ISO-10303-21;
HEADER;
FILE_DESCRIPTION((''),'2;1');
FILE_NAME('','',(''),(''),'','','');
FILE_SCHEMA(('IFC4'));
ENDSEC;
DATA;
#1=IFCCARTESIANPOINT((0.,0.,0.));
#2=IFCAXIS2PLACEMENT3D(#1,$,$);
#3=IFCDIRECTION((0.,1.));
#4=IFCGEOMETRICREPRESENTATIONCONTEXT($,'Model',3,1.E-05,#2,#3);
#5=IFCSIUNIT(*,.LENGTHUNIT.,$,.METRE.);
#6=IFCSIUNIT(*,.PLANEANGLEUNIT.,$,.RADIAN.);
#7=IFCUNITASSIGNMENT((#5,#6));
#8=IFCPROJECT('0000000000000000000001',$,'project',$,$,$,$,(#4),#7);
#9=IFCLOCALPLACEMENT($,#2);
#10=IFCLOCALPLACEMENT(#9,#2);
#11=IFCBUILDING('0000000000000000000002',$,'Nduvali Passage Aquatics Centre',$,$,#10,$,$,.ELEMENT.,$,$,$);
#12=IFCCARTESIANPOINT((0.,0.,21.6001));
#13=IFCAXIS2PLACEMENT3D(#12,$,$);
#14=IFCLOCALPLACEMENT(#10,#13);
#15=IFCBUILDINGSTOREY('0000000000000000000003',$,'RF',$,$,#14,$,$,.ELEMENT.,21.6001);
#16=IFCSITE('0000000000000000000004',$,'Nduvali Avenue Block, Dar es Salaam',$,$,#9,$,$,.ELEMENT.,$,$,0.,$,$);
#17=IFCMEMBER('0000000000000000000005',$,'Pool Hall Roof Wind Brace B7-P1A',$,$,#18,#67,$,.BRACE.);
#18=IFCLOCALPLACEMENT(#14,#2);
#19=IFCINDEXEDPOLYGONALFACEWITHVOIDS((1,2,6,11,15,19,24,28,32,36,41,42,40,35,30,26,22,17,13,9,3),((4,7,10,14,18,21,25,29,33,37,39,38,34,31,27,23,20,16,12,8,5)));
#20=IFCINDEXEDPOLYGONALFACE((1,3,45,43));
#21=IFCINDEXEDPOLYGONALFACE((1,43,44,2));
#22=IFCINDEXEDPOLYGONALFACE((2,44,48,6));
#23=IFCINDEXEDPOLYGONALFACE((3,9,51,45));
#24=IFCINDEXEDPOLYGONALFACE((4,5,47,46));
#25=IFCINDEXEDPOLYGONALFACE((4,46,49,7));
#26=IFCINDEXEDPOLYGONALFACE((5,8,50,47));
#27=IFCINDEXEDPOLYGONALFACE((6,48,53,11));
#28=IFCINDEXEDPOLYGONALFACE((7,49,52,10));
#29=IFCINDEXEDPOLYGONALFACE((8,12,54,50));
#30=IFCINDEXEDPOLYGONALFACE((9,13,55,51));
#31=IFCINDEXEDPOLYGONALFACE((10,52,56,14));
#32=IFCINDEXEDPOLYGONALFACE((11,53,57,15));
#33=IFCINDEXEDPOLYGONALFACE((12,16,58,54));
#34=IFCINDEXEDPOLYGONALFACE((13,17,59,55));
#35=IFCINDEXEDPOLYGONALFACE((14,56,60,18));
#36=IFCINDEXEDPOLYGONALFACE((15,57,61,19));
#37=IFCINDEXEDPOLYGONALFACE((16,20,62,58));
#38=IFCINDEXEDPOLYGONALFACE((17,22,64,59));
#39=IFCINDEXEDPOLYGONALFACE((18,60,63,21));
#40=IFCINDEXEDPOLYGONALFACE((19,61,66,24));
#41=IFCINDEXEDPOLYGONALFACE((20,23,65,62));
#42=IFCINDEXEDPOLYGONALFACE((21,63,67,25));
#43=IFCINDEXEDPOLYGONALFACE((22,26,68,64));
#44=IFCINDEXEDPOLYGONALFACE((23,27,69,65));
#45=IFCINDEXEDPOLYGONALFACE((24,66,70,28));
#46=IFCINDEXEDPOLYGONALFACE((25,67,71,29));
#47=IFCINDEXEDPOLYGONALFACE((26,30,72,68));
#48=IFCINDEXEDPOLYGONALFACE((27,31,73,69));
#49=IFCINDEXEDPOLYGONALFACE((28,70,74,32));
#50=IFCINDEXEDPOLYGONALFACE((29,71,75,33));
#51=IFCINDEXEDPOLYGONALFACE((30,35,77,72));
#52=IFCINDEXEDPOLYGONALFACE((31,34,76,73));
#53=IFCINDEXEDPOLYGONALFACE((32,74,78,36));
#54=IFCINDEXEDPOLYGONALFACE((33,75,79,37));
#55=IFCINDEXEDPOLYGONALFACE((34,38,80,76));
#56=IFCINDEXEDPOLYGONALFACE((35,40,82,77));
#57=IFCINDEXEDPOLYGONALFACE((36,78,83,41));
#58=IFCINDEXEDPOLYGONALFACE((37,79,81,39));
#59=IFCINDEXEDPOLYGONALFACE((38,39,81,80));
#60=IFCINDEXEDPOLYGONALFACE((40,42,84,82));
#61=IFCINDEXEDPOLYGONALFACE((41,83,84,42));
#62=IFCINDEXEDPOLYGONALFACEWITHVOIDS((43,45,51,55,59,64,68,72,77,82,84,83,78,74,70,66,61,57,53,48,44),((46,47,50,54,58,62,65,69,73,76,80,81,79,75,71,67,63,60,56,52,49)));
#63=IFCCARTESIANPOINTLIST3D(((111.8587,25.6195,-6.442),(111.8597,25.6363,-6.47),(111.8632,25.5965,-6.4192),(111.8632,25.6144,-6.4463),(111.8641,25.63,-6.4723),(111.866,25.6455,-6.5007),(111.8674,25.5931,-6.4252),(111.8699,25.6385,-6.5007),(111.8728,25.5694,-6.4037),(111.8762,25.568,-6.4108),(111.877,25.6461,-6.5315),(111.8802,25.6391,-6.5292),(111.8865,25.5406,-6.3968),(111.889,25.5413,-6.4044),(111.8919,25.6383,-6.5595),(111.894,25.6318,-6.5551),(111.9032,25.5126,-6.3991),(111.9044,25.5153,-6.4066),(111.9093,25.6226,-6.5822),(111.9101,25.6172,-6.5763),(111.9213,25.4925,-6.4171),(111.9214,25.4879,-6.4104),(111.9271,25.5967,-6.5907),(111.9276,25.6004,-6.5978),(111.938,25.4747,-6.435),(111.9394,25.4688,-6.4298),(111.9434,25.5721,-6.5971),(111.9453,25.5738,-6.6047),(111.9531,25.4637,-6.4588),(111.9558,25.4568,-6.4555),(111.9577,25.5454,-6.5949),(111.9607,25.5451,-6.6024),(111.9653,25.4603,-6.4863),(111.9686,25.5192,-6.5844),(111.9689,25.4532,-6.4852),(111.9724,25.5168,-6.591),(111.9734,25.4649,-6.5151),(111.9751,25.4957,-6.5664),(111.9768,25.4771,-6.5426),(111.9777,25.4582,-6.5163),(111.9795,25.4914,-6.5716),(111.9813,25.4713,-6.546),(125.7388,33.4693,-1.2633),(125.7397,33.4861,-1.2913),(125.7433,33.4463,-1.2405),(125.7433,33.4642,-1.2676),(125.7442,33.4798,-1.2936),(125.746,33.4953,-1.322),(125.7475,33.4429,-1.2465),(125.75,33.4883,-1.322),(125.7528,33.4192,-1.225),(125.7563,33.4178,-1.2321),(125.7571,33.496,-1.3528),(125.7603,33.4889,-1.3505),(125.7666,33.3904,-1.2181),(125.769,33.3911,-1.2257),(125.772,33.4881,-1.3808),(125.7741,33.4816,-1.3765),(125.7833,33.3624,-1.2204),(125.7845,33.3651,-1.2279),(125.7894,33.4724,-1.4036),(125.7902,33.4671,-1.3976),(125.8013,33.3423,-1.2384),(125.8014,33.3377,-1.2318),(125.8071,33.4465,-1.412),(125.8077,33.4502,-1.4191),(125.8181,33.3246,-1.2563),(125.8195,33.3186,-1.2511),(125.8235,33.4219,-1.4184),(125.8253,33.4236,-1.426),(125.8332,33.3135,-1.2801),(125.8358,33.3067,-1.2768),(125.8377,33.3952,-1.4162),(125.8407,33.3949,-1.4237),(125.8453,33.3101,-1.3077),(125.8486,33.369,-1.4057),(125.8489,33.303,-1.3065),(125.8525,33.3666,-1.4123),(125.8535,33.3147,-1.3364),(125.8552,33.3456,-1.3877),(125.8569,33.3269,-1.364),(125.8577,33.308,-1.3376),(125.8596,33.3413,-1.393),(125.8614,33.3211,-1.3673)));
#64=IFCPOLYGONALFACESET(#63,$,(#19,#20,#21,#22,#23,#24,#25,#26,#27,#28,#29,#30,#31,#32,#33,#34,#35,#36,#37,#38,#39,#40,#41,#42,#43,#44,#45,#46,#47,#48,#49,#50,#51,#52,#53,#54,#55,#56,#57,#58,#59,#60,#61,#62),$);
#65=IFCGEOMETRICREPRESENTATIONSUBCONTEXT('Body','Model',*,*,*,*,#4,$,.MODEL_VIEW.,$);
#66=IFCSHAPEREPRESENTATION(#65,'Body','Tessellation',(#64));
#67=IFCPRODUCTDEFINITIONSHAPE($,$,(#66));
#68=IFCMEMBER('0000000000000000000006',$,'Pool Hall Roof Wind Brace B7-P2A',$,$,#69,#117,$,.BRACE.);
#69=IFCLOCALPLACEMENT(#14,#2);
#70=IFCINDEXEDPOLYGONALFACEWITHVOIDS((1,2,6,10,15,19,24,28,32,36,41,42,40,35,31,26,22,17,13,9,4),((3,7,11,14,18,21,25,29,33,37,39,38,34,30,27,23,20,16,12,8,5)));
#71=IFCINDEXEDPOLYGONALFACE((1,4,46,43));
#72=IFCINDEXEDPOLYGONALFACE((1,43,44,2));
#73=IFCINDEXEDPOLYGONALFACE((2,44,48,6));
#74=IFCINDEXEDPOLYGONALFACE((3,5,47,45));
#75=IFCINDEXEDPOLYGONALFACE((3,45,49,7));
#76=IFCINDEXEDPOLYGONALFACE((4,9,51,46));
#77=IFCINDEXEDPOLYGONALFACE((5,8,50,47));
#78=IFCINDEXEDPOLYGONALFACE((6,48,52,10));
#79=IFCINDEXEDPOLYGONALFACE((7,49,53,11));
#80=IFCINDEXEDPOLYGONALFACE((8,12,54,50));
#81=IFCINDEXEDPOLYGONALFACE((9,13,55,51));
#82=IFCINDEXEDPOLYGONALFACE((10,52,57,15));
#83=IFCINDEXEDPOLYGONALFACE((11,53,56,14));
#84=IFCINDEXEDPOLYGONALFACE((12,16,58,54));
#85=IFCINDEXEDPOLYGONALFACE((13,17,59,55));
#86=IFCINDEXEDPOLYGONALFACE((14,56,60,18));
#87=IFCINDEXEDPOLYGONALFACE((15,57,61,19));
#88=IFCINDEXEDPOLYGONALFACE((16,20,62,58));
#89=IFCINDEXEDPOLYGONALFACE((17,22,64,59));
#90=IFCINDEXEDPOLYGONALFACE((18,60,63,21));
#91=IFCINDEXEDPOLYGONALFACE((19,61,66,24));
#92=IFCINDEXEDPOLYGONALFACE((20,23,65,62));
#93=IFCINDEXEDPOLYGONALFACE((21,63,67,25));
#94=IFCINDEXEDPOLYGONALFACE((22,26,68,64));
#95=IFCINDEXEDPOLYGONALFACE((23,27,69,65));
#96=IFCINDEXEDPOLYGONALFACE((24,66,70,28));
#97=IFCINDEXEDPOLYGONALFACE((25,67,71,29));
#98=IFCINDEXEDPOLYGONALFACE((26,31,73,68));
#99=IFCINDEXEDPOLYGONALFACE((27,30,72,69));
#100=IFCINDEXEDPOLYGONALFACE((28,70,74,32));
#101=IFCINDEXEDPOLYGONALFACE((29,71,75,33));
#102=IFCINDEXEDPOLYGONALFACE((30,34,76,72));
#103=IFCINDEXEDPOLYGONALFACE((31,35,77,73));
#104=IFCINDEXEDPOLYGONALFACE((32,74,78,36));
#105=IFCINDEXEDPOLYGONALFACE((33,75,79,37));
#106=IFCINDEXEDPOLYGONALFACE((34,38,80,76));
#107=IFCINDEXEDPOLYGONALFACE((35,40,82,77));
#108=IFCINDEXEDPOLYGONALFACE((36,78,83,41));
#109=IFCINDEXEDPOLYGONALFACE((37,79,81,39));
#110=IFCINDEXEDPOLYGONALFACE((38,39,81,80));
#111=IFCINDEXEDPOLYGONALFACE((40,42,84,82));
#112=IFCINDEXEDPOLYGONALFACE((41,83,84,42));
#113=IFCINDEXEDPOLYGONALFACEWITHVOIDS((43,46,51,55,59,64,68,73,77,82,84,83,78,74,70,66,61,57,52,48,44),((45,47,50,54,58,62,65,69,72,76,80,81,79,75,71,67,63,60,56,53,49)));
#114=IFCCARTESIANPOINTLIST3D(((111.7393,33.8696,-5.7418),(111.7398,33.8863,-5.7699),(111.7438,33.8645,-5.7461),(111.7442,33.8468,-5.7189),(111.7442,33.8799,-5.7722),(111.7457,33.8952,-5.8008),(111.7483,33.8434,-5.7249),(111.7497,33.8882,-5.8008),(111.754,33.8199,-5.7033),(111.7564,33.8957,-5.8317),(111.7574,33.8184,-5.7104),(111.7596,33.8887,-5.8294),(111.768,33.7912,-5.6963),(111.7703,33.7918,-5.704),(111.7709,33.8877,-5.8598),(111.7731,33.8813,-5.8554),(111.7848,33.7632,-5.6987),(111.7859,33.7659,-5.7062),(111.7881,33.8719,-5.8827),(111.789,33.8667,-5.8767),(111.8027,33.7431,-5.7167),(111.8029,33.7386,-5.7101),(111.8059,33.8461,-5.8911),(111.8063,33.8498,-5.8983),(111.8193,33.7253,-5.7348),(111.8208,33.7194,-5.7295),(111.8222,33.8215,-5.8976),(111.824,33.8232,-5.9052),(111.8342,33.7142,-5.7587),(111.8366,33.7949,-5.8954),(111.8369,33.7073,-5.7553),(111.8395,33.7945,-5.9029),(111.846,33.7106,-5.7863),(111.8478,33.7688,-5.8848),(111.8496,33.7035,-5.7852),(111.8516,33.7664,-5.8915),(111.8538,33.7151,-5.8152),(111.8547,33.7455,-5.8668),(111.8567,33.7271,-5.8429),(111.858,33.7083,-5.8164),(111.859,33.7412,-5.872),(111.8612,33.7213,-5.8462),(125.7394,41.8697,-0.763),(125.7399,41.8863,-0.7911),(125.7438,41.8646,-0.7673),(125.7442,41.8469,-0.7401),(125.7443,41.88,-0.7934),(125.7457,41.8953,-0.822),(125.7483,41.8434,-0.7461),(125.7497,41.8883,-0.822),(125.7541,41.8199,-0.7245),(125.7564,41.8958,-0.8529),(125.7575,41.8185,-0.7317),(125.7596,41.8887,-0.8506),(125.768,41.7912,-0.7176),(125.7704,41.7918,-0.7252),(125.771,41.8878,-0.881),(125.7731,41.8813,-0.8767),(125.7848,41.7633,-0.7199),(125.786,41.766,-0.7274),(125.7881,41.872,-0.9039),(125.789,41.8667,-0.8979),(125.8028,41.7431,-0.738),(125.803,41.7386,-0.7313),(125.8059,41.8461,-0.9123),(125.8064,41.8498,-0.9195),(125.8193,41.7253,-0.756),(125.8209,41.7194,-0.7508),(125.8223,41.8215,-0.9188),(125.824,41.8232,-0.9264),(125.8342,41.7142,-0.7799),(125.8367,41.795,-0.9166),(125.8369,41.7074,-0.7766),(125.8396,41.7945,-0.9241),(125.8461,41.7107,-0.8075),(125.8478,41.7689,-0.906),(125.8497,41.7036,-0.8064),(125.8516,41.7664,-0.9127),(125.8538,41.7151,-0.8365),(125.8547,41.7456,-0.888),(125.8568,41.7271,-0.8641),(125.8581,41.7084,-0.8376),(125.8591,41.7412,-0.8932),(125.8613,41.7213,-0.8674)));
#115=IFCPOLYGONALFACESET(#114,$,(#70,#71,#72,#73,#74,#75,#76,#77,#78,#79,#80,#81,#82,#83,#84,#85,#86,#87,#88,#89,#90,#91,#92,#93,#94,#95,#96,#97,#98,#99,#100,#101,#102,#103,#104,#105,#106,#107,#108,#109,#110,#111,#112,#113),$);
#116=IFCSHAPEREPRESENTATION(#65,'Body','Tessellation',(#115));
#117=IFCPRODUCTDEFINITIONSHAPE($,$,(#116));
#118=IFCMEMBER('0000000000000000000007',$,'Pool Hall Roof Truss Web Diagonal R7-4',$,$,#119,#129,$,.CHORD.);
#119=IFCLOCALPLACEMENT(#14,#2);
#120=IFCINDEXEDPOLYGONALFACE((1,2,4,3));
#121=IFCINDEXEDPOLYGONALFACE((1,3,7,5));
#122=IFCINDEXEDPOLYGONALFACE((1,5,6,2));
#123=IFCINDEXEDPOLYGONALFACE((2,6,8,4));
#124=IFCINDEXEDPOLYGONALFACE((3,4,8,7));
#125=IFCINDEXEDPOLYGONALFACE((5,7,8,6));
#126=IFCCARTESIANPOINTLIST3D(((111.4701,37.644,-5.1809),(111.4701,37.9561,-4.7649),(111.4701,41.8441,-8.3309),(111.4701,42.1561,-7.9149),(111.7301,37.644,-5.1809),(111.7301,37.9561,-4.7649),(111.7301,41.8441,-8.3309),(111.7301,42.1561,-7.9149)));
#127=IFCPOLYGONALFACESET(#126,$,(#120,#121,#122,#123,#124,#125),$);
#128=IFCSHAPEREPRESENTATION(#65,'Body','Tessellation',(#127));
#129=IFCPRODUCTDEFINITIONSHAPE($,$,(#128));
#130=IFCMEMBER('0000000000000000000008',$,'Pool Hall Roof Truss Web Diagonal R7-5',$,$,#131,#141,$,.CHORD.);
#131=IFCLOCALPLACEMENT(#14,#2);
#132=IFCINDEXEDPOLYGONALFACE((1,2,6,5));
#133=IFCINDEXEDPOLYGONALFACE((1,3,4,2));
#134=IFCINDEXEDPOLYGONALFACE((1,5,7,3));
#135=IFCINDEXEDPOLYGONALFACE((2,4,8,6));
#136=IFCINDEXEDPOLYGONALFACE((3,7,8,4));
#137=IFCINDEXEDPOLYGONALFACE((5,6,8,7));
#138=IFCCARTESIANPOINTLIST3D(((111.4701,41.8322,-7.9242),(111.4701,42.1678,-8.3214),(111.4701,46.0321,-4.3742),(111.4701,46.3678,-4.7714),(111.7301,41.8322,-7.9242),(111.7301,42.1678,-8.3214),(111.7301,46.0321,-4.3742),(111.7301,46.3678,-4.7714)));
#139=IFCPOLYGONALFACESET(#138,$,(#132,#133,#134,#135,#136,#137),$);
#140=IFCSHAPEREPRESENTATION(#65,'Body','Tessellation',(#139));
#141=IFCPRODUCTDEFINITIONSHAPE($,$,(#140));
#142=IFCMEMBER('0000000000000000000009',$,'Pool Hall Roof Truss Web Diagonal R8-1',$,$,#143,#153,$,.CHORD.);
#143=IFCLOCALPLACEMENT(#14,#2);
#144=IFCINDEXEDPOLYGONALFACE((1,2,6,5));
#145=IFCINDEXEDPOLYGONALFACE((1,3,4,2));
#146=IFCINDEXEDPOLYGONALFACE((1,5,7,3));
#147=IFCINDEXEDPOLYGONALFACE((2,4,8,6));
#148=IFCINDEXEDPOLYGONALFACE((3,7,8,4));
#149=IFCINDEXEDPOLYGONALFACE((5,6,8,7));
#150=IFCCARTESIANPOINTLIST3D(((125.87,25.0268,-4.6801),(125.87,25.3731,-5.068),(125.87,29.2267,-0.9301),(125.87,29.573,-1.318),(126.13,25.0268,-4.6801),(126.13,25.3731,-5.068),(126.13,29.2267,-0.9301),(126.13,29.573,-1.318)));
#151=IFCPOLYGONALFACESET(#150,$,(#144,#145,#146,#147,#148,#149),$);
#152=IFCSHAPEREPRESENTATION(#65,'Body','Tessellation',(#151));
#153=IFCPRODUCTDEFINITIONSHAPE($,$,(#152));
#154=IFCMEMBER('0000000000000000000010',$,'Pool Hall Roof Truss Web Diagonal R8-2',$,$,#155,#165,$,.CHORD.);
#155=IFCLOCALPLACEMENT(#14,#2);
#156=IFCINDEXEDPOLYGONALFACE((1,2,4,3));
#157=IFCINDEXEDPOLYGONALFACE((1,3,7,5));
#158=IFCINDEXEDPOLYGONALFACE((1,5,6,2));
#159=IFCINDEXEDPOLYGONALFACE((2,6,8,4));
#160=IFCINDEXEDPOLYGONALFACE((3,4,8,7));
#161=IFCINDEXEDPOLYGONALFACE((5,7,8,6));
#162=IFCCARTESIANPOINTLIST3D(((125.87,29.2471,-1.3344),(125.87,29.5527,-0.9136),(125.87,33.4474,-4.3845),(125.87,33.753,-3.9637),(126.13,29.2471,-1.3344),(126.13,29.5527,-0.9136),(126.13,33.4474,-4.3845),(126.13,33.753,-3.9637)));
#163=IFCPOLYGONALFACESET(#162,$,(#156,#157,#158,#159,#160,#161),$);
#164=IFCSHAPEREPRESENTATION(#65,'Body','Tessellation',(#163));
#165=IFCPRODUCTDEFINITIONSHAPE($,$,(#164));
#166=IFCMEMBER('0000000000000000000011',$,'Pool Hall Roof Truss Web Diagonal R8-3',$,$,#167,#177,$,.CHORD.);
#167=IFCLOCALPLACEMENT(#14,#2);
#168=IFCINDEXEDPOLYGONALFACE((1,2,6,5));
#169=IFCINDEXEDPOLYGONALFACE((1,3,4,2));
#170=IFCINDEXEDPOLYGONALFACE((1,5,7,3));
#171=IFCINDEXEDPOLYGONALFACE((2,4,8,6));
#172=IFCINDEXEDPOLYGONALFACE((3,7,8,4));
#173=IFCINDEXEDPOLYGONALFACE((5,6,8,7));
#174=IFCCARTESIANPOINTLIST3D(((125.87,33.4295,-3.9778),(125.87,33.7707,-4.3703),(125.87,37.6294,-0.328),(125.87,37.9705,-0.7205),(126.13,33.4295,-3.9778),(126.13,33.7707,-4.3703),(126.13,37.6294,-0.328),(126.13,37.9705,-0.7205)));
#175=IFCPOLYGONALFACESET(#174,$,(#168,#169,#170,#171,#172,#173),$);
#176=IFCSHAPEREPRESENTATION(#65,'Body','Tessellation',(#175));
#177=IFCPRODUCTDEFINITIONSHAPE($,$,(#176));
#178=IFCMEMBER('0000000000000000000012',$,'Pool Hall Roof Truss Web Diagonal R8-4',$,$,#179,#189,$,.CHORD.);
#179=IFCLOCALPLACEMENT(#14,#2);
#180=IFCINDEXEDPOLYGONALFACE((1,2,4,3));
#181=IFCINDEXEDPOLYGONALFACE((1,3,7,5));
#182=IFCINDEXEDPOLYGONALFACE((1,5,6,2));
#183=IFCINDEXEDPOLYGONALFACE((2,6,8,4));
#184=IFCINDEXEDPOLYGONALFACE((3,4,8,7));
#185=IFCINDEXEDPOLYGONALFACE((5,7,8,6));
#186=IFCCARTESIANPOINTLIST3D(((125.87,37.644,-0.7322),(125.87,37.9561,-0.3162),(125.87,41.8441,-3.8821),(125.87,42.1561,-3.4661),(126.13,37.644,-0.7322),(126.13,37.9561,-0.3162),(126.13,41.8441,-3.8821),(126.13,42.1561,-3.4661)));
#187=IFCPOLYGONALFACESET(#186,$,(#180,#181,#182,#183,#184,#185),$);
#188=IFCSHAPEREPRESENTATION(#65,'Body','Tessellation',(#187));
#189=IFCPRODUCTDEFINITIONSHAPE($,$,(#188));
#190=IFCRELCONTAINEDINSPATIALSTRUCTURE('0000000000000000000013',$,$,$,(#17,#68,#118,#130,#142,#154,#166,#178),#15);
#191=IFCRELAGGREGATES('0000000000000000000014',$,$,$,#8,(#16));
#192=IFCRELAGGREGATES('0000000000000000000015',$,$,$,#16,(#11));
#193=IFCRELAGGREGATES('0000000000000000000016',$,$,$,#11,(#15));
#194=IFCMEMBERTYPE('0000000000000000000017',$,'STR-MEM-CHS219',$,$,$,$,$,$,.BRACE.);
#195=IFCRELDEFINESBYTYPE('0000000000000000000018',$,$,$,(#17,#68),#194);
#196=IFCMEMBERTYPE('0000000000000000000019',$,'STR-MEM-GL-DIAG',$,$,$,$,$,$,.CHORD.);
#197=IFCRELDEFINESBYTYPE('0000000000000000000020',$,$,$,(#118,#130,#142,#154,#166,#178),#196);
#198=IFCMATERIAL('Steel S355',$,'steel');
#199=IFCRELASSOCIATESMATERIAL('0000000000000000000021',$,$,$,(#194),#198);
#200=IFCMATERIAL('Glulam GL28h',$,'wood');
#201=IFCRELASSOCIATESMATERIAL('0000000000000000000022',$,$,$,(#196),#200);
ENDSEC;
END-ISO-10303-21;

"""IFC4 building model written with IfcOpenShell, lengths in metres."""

from ifc_helpers import new_model, si_unit, direction, frame, origin, origin_2d, place, context, subcontext, project, spatial, rectangle, hollow_circle, extrude, material, material_profile, profile_set, type_object, element, save


model = new_model("IFC4")

# Units and contexts
model_context = context("Model", 3, precision=1e-05, world=origin(), true_north=direction((0.0, 1.0)))
body_context = subcontext(model_context, "Body", "Model", "MODEL_VIEW")
ifc_project = project(units=[si_unit("LENGTHUNIT", "METRE"), si_unit("PLANEANGLEUNIT", "RADIAN")], contexts=[model_context])

# Site, building, storey
site_placement = place(None, origin())
site = spatial("IfcSite", under=ifc_project, at=site_placement, Name="Nduvali Avenue Block, Dar es Salaam", CompositionType="ELEMENT", RefElevation=0.0)
building_placement = place(site_placement, origin())
building = spatial("IfcBuilding", under=site, at=building_placement, Name="Nduvali Passage Aquatics Centre", CompositionType="ELEMENT")
storey_placement = place(building_placement, frame((0.0, 0.0, 21.6001)))
storey = spatial("IfcBuildingStorey", under=building, at=storey_placement, Name="RF", CompositionType="ELEMENT", Elevation=21.6001)

# Members
ifc_material_1 = material(Name="Steel S355", Category="steel")
ifc_material_profile_1 = material_profile(ifc_material_1, hollow_circle(Radius=0.1096, WallThickness=0.0081, at=origin_2d()), Name="CHS 219.1x8.0")
ifc_profile_set_1 = profile_set([ifc_material_profile_1], Name="Steel S355")
member_type_1 = type_object("IfcMemberType", Name="STR-MEM-CHS219", PredefinedType="BRACE", material=ifc_profile_set_1)
member_1_placement = place(storey_placement, frame((111.9199, 25.55, -6.5007), z_axis=(0.827876, 0.468202, 0.308883), x_axis=(-0.492274, 0.87044, 0.0)))
element("IfcMember", 1, at=member_1_placement, inside=storey, type_object=member_type_1, Name="Pool Hall Roof Wind Brace B7-P1A", PredefinedType="BRACE", context=body_context, shape_type="SweptSolid", body=[
    extrude(hollow_circle(Radius=0.1096, WallThickness=0.0081, at=origin_2d()), origin(), (0.0, 0.0, 1.0), 16.7659),
])
member_2_placement = place(storey_placement, frame((111.8, 33.8, -5.8008), z_axis=(0.829597, 0.474055, 0.295026), x_axis=(-0.496139, 0.868243, 0.0)))
element("IfcMember", 2, at=member_2_placement, inside=storey, type_object=member_type_1, Name="Pool Hall Roof Wind Brace B7-P2A", PredefinedType="BRACE", context=body_context, shape_type="SweptSolid", body=[
    extrude(hollow_circle(Radius=0.1096, WallThickness=0.0081, at=origin_2d()), origin(), (0.0, 0.0, 1.0), 16.8757),
])
ifc_material_2 = material(Name="Glulam GL28h", Category="wood")
ifc_material_profile_2 = material_profile(ifc_material_2, rectangle(XDim=0.26, YDim=0.52, at=origin_2d()), Name="GL28h 260x520")
ifc_profile_set_2 = profile_set([ifc_material_profile_2], Name="Glulam GL28h")
member_type_2 = type_object("IfcMemberType", Name="STR-MEM-GL-DIAG", PredefinedType="CHORD", material=ifc_profile_set_2)
member_3_placement = place(storey_placement, frame((111.6001, 37.8, -4.9729), z_axis=(0.0, 0.800006, -0.599993), x_axis=(-1.0, 0.0, 0.0)))
element("IfcMember", 3, at=member_3_placement, inside=storey, type_object=member_type_2, Name="Pool Hall Roof Truss Web Diagonal R7-4", PredefinedType="CHORD", context=body_context, shape_type="SweptSolid", body=[
    extrude(rectangle(XDim=0.26, YDim=0.52, at=origin_2d()), origin(), (0.0, 0.0, 1.0), 5.25),
])
member_4_placement = place(storey_placement, frame((111.6001, 42.0, -8.1228), z_axis=(0.0, 0.763723, 0.645544), x_axis=(-1.0, 0.0, 0.0)))
element("IfcMember", 4, at=member_4_placement, inside=storey, type_object=member_type_2, Name="Pool Hall Roof Truss Web Diagonal R7-5", PredefinedType="CHORD", context=body_context, shape_type="SweptSolid", body=[
    extrude(rectangle(XDim=0.26, YDim=0.52, at=origin_2d()), origin(), (0.0, 0.0, 1.0), 5.4993),
])
member_5_placement = place(storey_placement, frame((126.0, 25.2, -4.874), z_axis=(0.0, 0.745934, 0.66602), x_axis=(-1.0, 0.0, 0.0)))
element("IfcMember", 5, at=member_5_placement, inside=storey, type_object=member_type_2, Name="Pool Hall Roof Truss Web Diagonal R8-1", PredefinedType="CHORD", context=body_context, shape_type="SweptSolid", body=[
    extrude(rectangle(XDim=0.26, YDim=0.52, at=origin_2d()), origin(), (0.0, 0.0, 1.0), 5.6304),
])
member_6_placement = place(storey_placement, frame((126.0, 29.3999, -1.124), z_axis=(0.0, 0.809161, -0.587587), x_axis=(-1.0, 0.0, 0.0)))
element("IfcMember", 6, at=member_6_placement, inside=storey, type_object=member_type_2, Name="Pool Hall Roof Truss Web Diagonal R8-2", PredefinedType="CHORD", context=body_context, shape_type="SweptSolid", body=[
    extrude(rectangle(XDim=0.26, YDim=0.52, at=origin_2d()), origin(), (0.0, 0.0, 1.0), 5.1909),
])
member_7_placement = place(storey_placement, frame((126.0, 33.6001, -4.1741), z_axis=(0.0, 0.754804, 0.655951), x_axis=(-1.0, 0.0, 0.0)))
element("IfcMember", 7, at=member_7_placement, inside=storey, type_object=member_type_2, Name="Pool Hall Roof Truss Web Diagonal R8-3", PredefinedType="CHORD", context=body_context, shape_type="SweptSolid", body=[
    extrude(rectangle(XDim=0.26, YDim=0.52, at=origin_2d()), origin(), (0.0, 0.0, 1.0), 5.5642),
])
member_8_placement = place(storey_placement, frame((126.0, 37.8, -0.5242), z_axis=(0.0, 0.800006, -0.599993), x_axis=(-1.0, 0.0, 0.0)))
element("IfcMember", 8, at=member_8_placement, inside=storey, type_object=member_type_2, Name="Pool Hall Roof Truss Web Diagonal R8-4", PredefinedType="CHORD", context=body_context, shape_type="SweptSolid", body=[
    extrude(rectangle(XDim=0.26, YDim=0.52, at=origin_2d()), origin(), (0.0, 0.0, 1.0), 5.25),
])

save(model, "model.ifc")
